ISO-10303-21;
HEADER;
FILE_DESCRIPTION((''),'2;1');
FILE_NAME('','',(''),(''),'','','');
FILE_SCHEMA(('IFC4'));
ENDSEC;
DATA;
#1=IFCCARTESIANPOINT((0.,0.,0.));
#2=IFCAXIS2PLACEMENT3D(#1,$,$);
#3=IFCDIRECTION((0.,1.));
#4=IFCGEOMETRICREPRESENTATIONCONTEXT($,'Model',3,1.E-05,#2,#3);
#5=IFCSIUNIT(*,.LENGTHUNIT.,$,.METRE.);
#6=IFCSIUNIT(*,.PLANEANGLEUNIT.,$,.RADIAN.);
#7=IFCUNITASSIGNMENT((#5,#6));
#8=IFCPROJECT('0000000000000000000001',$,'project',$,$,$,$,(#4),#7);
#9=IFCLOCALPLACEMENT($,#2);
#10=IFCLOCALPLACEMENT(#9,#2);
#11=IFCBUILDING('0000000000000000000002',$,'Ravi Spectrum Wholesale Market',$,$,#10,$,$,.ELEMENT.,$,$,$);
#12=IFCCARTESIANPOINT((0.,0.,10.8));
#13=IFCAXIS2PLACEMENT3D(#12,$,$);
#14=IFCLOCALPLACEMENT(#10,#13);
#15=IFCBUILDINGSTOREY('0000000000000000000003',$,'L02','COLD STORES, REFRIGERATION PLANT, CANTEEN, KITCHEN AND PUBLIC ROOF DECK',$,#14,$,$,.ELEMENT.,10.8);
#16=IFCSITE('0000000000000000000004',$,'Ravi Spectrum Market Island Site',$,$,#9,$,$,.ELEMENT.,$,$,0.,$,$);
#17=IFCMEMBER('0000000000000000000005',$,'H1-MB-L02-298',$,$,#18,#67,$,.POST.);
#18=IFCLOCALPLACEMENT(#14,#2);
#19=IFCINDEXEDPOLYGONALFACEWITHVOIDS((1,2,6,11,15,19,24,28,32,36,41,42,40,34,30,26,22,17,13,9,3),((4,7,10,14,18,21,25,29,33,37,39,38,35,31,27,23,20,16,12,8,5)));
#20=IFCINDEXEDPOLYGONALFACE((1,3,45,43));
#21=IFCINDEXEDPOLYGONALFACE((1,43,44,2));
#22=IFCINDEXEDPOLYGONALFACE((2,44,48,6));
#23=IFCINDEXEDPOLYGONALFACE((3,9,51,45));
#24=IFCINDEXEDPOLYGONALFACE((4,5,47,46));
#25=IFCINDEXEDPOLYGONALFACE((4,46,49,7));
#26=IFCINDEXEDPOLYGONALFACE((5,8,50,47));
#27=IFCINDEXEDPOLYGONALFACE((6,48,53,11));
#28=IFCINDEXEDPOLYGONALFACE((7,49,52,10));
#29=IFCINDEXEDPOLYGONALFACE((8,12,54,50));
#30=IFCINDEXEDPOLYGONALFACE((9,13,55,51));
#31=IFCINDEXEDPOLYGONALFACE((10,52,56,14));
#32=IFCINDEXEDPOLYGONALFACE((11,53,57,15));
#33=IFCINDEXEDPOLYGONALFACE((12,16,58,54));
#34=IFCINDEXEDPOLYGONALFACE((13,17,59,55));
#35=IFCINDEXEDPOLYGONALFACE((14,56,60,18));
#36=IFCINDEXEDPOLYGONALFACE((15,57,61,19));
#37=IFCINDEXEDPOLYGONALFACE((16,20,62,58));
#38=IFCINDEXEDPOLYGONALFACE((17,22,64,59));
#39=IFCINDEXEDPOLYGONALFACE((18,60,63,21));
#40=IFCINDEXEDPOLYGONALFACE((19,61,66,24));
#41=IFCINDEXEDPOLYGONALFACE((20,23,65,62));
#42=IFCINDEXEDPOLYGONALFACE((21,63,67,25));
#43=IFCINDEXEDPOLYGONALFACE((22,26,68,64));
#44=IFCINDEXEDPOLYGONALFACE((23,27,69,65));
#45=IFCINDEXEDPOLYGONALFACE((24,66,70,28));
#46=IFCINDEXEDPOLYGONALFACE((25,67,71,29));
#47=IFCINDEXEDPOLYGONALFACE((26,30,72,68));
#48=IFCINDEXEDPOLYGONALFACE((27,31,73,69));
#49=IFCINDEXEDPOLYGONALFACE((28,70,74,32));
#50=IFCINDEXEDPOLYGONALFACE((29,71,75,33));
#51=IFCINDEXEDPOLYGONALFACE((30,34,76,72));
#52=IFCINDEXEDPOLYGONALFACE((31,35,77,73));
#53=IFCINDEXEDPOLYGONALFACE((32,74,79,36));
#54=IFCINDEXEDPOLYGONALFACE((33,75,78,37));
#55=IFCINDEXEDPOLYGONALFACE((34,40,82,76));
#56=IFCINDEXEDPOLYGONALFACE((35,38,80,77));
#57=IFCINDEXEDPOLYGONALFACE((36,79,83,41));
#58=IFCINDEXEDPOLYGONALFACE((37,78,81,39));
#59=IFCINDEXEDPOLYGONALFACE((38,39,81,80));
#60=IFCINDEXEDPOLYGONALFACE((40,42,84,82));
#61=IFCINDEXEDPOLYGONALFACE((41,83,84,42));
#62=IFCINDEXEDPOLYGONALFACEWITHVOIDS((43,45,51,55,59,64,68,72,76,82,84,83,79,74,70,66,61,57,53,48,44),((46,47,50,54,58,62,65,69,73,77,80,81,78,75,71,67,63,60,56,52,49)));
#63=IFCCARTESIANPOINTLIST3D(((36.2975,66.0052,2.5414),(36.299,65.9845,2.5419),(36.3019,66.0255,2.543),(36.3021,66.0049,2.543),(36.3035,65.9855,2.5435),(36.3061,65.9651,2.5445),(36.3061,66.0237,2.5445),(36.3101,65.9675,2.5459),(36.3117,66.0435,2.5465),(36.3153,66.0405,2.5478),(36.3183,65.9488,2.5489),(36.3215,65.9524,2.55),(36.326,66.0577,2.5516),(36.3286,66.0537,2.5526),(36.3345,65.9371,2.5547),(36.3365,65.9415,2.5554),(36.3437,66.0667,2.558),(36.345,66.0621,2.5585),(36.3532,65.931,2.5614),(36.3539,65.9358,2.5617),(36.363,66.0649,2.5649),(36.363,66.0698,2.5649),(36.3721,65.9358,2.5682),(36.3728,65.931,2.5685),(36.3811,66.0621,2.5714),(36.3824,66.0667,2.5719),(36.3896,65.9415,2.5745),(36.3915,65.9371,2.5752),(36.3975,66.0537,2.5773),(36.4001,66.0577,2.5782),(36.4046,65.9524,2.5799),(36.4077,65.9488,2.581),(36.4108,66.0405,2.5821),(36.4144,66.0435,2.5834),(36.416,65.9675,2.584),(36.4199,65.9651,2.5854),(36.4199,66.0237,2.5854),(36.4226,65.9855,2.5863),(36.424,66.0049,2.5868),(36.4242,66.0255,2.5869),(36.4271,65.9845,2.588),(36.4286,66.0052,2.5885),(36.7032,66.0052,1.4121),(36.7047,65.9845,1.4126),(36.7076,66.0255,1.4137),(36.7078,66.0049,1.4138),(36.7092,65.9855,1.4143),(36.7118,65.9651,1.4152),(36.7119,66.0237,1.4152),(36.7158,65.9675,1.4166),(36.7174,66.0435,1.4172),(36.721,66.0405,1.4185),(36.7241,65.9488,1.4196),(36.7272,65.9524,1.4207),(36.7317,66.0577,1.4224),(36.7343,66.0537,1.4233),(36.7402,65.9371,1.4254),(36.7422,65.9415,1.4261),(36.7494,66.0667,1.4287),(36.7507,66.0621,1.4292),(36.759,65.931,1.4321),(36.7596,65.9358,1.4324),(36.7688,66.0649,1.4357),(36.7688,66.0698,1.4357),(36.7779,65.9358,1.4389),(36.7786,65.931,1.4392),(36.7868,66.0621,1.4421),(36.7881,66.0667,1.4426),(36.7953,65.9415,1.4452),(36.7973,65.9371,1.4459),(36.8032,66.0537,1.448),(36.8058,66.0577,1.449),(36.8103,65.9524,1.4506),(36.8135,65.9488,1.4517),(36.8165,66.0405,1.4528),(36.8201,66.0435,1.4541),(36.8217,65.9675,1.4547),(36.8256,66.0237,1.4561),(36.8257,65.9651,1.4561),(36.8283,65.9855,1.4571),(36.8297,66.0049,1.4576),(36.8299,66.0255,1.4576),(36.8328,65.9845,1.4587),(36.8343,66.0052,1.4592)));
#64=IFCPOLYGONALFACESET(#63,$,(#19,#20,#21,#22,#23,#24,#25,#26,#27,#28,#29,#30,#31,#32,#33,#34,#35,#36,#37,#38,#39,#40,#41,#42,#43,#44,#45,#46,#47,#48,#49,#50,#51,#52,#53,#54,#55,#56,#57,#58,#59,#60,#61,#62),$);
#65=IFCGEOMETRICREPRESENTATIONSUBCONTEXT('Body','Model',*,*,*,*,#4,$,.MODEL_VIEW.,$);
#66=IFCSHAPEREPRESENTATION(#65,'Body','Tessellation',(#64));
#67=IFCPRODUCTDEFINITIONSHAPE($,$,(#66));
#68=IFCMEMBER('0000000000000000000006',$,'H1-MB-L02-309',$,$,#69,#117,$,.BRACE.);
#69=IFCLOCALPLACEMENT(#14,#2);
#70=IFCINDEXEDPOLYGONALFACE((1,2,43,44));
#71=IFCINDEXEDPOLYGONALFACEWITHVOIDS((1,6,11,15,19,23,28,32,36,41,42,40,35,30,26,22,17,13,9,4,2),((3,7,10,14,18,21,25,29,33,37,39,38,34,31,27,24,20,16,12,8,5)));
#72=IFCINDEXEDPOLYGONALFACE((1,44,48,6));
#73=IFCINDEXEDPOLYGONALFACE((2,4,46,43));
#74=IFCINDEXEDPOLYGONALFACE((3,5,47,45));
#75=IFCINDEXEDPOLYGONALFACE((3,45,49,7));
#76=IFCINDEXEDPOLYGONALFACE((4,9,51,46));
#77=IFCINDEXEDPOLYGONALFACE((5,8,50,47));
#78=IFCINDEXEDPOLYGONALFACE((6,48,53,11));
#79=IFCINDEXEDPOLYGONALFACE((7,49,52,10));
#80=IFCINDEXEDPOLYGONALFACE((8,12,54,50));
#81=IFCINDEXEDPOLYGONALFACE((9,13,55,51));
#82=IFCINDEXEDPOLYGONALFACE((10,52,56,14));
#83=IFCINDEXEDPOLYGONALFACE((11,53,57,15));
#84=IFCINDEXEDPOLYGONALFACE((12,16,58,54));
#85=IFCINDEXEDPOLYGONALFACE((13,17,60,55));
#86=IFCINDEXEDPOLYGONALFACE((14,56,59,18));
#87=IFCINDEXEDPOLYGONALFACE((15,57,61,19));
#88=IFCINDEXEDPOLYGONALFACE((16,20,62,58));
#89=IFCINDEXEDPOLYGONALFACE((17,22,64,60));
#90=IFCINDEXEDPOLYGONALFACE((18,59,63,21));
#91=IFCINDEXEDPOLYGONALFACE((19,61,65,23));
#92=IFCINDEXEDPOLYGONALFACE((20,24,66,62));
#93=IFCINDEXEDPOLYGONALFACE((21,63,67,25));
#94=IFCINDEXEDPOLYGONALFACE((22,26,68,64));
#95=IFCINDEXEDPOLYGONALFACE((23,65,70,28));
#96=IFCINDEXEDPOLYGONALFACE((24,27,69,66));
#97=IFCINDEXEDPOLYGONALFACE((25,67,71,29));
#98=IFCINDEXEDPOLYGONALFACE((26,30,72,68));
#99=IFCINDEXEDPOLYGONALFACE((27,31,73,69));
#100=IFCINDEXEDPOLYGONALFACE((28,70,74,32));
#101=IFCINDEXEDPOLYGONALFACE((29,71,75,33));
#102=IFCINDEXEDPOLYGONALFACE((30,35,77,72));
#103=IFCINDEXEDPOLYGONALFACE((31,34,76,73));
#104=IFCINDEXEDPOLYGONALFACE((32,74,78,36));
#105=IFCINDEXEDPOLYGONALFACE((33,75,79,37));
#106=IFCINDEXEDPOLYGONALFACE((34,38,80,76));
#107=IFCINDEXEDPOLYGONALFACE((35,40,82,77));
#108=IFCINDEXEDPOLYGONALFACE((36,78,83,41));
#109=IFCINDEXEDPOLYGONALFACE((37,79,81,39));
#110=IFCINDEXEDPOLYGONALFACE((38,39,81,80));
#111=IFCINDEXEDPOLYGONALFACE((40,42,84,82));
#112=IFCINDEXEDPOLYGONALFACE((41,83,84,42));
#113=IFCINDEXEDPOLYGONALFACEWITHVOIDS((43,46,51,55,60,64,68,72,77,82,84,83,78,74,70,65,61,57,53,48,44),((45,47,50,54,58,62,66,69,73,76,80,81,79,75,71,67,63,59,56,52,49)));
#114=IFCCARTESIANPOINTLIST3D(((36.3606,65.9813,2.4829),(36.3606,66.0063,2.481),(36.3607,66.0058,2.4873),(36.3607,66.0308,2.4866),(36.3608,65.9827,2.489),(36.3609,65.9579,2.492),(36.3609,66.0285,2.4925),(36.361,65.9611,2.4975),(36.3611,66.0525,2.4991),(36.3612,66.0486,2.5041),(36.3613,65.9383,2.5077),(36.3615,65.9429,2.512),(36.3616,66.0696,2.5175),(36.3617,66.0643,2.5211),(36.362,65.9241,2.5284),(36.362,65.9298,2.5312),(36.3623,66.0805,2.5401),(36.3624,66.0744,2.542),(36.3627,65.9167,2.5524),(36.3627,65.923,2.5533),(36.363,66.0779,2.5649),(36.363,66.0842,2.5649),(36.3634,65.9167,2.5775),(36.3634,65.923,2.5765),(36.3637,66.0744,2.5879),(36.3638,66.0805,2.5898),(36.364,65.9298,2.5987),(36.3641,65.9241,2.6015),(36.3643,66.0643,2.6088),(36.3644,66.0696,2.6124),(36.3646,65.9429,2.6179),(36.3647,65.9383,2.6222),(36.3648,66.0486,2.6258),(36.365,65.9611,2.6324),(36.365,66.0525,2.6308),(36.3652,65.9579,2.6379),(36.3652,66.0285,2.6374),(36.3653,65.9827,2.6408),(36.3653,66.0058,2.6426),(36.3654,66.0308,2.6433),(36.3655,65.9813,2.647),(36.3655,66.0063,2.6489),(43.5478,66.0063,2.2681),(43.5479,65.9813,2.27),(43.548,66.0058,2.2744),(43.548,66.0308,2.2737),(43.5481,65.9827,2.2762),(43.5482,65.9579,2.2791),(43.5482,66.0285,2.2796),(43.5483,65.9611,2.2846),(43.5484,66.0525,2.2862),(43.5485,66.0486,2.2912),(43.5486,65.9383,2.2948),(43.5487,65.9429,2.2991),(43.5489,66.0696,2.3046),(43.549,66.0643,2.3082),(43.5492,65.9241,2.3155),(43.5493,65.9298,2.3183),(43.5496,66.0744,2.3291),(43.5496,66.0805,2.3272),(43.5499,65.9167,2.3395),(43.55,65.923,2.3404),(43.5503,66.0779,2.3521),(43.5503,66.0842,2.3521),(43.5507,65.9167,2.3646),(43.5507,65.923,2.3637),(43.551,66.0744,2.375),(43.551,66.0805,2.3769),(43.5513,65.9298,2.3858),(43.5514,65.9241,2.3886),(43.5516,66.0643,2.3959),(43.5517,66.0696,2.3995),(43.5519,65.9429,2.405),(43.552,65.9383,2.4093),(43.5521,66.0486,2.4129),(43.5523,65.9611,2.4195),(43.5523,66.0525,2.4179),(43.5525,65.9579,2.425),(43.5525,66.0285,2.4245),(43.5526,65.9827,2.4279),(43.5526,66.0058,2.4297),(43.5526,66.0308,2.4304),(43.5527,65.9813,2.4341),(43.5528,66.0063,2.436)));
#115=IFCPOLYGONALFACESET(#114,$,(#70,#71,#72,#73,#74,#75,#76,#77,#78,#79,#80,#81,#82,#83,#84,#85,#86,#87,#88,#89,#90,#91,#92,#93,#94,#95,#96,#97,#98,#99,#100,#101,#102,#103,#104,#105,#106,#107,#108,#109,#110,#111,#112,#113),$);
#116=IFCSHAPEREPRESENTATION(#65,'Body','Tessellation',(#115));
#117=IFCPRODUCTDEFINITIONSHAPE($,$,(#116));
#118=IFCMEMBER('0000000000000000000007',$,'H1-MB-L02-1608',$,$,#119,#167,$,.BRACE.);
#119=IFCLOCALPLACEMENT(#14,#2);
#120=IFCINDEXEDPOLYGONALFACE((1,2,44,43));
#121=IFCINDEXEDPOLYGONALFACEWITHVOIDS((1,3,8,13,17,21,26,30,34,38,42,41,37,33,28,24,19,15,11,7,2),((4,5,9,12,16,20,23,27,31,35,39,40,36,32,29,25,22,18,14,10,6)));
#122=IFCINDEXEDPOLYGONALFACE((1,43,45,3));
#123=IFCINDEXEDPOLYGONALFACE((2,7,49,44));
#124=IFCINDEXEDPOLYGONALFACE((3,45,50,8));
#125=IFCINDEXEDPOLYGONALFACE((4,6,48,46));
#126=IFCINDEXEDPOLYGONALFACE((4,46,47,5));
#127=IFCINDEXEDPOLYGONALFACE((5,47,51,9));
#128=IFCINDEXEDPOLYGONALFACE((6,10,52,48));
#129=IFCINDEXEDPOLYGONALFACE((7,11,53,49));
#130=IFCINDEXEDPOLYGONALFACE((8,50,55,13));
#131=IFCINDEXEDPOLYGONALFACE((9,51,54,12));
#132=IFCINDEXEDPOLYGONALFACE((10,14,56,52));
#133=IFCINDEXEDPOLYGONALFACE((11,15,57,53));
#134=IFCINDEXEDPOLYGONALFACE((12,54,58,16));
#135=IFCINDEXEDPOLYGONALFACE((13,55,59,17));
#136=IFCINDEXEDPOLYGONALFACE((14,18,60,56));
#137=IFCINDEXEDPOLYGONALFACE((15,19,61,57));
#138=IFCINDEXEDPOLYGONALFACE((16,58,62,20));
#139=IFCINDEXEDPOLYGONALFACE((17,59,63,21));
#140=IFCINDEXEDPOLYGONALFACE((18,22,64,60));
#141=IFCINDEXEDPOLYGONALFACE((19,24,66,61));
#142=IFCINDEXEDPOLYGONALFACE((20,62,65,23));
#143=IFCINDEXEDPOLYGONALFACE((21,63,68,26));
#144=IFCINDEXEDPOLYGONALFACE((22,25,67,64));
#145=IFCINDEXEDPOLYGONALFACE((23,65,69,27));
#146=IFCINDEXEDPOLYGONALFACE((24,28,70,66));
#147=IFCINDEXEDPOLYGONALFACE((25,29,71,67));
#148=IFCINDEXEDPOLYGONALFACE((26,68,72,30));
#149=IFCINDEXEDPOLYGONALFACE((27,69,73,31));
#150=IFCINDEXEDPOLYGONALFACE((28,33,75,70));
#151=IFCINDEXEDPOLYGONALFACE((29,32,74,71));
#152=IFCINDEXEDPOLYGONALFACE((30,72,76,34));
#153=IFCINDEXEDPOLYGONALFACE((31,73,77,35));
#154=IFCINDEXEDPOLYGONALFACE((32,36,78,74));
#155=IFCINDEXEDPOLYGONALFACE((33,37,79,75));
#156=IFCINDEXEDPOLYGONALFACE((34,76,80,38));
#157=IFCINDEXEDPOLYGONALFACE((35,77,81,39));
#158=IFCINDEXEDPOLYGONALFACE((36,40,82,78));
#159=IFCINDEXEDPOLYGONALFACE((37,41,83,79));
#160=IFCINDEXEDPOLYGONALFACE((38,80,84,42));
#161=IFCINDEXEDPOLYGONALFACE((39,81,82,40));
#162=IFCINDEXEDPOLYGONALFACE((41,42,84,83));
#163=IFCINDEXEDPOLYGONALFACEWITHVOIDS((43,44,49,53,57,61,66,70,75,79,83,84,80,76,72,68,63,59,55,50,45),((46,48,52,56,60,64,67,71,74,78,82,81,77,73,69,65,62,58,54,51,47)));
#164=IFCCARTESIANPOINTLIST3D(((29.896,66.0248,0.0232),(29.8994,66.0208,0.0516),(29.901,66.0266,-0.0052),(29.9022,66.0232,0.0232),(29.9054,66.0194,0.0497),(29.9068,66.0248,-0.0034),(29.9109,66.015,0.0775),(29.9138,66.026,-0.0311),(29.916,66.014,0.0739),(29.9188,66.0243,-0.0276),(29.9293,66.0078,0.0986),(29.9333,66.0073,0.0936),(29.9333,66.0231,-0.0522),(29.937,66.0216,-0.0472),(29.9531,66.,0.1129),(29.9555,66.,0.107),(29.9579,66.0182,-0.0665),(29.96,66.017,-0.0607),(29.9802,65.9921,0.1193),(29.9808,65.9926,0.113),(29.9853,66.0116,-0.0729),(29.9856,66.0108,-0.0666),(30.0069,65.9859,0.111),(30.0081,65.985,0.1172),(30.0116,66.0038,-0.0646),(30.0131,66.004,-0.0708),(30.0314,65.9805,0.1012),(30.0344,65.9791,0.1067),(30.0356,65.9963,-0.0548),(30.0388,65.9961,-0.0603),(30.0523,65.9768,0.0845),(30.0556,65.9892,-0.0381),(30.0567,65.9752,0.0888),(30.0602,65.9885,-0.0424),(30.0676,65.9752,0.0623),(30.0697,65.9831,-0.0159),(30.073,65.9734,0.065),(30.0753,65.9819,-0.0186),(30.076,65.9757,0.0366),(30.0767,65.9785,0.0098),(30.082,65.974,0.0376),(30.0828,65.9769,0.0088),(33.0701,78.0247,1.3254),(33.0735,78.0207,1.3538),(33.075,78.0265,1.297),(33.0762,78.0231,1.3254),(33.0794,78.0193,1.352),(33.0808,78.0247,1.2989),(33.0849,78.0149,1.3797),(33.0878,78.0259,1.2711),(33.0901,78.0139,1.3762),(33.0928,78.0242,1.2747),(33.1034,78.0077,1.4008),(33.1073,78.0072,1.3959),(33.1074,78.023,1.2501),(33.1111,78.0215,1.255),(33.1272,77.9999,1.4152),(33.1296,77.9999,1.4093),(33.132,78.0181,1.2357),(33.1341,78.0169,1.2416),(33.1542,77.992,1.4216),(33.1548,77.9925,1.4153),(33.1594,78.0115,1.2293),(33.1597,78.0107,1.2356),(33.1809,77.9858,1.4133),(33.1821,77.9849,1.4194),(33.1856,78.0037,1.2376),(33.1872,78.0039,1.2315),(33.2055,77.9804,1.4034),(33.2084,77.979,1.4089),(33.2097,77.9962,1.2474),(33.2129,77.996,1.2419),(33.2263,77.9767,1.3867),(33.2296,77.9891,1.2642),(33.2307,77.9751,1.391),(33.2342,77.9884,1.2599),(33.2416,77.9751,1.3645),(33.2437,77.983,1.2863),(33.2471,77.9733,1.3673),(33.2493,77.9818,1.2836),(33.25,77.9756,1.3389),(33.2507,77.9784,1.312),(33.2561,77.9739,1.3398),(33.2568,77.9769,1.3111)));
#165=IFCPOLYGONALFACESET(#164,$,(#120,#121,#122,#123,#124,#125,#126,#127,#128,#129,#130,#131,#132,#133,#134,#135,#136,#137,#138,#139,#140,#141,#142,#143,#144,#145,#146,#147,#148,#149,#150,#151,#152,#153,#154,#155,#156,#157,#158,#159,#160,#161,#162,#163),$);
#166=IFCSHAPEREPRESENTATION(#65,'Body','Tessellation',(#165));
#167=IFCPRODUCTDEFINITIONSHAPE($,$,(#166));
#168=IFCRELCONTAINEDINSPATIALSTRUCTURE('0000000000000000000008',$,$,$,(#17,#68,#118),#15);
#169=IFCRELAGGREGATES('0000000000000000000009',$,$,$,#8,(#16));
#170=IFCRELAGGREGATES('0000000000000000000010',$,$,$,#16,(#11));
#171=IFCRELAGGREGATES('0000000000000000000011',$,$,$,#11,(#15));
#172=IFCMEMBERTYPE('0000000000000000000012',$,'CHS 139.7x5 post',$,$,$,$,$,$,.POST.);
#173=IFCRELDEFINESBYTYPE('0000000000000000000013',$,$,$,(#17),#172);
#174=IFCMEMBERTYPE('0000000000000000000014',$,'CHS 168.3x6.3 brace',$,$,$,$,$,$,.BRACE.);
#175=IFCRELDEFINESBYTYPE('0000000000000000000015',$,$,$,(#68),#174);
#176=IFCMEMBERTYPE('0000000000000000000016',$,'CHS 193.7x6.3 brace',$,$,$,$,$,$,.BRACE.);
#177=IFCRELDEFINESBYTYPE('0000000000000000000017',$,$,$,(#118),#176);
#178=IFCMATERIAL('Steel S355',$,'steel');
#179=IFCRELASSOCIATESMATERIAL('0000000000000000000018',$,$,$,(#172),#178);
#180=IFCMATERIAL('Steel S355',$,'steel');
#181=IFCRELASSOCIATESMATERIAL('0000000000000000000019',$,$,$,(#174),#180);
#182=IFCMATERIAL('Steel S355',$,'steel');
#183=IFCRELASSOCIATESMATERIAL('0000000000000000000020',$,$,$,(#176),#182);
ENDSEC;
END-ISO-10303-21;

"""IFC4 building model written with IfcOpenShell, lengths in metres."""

from ifc_helpers import new_model, si_unit, direction, frame, origin, origin_2d, place, context, subcontext, project, spatial, hollow_circle, extrude, material, material_profile, profile_set, type_object, element, save


model = new_model("IFC4")

# Units and contexts
model_context = context("Model", 3, precision=1e-05, world=origin(), true_north=direction((0.0, 1.0)))
body_context = subcontext(model_context, "Body", "Model", "MODEL_VIEW")
ifc_project = project(units=[si_unit("LENGTHUNIT", "METRE"), si_unit("PLANEANGLEUNIT", "RADIAN")], contexts=[model_context])

# Site, building, storey
site_placement = place(None, origin())
site = spatial("IfcSite", under=ifc_project, at=site_placement, Name="Ravi Spectrum Market Island Site", CompositionType="ELEMENT", RefElevation=0.0)
building_placement = place(site_placement, origin())
building = spatial("IfcBuilding", under=site, at=building_placement, Name="Ravi Spectrum Wholesale Market", CompositionType="ELEMENT")
storey_placement = place(building_placement, frame((0.0, 0.0, 10.8)))
storey = spatial("IfcBuildingStorey", under=building, at=storey_placement, Name="L02", Description="COLD STORES, REFRIGERATION PLANT, CANTEEN, KITCHEN AND PUBLIC ROOF DECK", CompositionType="ELEMENT", Elevation=10.8)

# Members
ifc_material_1 = material(Name="Steel S355", Category="steel")
ifc_material_profile_1 = material_profile(ifc_material_1, hollow_circle(Radius=0.0698, WallThickness=0.0049, at=origin_2d()))
ifc_profile_set_1 = profile_set([ifc_material_profile_1], Name="Steel S355")
member_type_1 = type_object("IfcMemberType", Name="CHS 139.7x5 post", PredefinedType="POST", material=ifc_profile_set_1)
member_1_placement = place(storey_placement, frame((36.363, 66.0, 2.5649), z_axis=(0.338114, 0.0, -0.941105), x_axis=(0.0, 1.0, 0.0)))
element("IfcMember", 1, at=member_1_placement, inside=storey, type_object=member_type_1, Name="H1-MB-L02-298", PredefinedType="POST", context=body_context, shape_type="SweptSolid", body=[
    extrude(hollow_circle(Radius=0.0698, WallThickness=0.0049, at=origin_2d()), origin(), (0.0, 0.0, 1.0), 1.2),
])
ifc_material_2 = material(Name="Steel S355", Category="steel")
ifc_material_profile_2 = material_profile(ifc_material_2, hollow_circle(Radius=0.0842, WallThickness=0.0063, at=origin_2d()))
ifc_profile_set_2 = profile_set([ifc_material_profile_2], Name="Steel S355")
member_type_2 = type_object("IfcMemberType", Name="CHS 168.3x6.3 brace", PredefinedType="BRACE", material=ifc_profile_set_2)
member_2_placement = place(storey_placement, frame((36.363, 66.0, 2.5649), z_axis=(0.999562, 0.0, -0.029608), x_axis=(0.0, 1.0, 0.0)))
element("IfcMember", 2, at=member_2_placement, inside=storey, type_object=member_type_2, Name="H1-MB-L02-309", PredefinedType="BRACE", context=body_context, shape_type="SweptSolid", body=[
    extrude(hollow_circle(Radius=0.0842, WallThickness=0.0063, at=origin_2d()), origin(), (0.0, 0.0, 1.0), 7.1904),
])
ifc_material_3 = material(Name="Steel S355", Category="steel")
ifc_material_profile_3 = material_profile(ifc_material_3, hollow_circle(Radius=0.0969, WallThickness=0.0063, at=origin_2d()))
ifc_profile_set_3 = profile_set([ifc_material_profile_3], Name="Steel S355")
member_type_3 = type_object("IfcMemberType", Name="CHS 193.7x6.3 brace", PredefinedType="BRACE", material=ifc_profile_set_3)
for number, where, z_axis, x_axis, name in (
    (3, (29.9897, 66.0, 0.0232), (0.254316, 0.961476, 0.10434), (-0.966753, 0.255712, 0.0), "H1-MB-L02-1608"),
):
    element("IfcMember", number, at=place(storey_placement, frame(where, z_axis=z_axis, x_axis=x_axis)), inside=storey, type_object=member_type_3, Name=name, PredefinedType="BRACE", context=body_context, shape_type="SweptSolid", body=[
        extrude(hollow_circle(Radius=0.0969, WallThickness=0.0063, at=origin_2d()), origin(), (0.0, 0.0, 1.0), 12.4807),
    ])

save(model, "model.ifc")
